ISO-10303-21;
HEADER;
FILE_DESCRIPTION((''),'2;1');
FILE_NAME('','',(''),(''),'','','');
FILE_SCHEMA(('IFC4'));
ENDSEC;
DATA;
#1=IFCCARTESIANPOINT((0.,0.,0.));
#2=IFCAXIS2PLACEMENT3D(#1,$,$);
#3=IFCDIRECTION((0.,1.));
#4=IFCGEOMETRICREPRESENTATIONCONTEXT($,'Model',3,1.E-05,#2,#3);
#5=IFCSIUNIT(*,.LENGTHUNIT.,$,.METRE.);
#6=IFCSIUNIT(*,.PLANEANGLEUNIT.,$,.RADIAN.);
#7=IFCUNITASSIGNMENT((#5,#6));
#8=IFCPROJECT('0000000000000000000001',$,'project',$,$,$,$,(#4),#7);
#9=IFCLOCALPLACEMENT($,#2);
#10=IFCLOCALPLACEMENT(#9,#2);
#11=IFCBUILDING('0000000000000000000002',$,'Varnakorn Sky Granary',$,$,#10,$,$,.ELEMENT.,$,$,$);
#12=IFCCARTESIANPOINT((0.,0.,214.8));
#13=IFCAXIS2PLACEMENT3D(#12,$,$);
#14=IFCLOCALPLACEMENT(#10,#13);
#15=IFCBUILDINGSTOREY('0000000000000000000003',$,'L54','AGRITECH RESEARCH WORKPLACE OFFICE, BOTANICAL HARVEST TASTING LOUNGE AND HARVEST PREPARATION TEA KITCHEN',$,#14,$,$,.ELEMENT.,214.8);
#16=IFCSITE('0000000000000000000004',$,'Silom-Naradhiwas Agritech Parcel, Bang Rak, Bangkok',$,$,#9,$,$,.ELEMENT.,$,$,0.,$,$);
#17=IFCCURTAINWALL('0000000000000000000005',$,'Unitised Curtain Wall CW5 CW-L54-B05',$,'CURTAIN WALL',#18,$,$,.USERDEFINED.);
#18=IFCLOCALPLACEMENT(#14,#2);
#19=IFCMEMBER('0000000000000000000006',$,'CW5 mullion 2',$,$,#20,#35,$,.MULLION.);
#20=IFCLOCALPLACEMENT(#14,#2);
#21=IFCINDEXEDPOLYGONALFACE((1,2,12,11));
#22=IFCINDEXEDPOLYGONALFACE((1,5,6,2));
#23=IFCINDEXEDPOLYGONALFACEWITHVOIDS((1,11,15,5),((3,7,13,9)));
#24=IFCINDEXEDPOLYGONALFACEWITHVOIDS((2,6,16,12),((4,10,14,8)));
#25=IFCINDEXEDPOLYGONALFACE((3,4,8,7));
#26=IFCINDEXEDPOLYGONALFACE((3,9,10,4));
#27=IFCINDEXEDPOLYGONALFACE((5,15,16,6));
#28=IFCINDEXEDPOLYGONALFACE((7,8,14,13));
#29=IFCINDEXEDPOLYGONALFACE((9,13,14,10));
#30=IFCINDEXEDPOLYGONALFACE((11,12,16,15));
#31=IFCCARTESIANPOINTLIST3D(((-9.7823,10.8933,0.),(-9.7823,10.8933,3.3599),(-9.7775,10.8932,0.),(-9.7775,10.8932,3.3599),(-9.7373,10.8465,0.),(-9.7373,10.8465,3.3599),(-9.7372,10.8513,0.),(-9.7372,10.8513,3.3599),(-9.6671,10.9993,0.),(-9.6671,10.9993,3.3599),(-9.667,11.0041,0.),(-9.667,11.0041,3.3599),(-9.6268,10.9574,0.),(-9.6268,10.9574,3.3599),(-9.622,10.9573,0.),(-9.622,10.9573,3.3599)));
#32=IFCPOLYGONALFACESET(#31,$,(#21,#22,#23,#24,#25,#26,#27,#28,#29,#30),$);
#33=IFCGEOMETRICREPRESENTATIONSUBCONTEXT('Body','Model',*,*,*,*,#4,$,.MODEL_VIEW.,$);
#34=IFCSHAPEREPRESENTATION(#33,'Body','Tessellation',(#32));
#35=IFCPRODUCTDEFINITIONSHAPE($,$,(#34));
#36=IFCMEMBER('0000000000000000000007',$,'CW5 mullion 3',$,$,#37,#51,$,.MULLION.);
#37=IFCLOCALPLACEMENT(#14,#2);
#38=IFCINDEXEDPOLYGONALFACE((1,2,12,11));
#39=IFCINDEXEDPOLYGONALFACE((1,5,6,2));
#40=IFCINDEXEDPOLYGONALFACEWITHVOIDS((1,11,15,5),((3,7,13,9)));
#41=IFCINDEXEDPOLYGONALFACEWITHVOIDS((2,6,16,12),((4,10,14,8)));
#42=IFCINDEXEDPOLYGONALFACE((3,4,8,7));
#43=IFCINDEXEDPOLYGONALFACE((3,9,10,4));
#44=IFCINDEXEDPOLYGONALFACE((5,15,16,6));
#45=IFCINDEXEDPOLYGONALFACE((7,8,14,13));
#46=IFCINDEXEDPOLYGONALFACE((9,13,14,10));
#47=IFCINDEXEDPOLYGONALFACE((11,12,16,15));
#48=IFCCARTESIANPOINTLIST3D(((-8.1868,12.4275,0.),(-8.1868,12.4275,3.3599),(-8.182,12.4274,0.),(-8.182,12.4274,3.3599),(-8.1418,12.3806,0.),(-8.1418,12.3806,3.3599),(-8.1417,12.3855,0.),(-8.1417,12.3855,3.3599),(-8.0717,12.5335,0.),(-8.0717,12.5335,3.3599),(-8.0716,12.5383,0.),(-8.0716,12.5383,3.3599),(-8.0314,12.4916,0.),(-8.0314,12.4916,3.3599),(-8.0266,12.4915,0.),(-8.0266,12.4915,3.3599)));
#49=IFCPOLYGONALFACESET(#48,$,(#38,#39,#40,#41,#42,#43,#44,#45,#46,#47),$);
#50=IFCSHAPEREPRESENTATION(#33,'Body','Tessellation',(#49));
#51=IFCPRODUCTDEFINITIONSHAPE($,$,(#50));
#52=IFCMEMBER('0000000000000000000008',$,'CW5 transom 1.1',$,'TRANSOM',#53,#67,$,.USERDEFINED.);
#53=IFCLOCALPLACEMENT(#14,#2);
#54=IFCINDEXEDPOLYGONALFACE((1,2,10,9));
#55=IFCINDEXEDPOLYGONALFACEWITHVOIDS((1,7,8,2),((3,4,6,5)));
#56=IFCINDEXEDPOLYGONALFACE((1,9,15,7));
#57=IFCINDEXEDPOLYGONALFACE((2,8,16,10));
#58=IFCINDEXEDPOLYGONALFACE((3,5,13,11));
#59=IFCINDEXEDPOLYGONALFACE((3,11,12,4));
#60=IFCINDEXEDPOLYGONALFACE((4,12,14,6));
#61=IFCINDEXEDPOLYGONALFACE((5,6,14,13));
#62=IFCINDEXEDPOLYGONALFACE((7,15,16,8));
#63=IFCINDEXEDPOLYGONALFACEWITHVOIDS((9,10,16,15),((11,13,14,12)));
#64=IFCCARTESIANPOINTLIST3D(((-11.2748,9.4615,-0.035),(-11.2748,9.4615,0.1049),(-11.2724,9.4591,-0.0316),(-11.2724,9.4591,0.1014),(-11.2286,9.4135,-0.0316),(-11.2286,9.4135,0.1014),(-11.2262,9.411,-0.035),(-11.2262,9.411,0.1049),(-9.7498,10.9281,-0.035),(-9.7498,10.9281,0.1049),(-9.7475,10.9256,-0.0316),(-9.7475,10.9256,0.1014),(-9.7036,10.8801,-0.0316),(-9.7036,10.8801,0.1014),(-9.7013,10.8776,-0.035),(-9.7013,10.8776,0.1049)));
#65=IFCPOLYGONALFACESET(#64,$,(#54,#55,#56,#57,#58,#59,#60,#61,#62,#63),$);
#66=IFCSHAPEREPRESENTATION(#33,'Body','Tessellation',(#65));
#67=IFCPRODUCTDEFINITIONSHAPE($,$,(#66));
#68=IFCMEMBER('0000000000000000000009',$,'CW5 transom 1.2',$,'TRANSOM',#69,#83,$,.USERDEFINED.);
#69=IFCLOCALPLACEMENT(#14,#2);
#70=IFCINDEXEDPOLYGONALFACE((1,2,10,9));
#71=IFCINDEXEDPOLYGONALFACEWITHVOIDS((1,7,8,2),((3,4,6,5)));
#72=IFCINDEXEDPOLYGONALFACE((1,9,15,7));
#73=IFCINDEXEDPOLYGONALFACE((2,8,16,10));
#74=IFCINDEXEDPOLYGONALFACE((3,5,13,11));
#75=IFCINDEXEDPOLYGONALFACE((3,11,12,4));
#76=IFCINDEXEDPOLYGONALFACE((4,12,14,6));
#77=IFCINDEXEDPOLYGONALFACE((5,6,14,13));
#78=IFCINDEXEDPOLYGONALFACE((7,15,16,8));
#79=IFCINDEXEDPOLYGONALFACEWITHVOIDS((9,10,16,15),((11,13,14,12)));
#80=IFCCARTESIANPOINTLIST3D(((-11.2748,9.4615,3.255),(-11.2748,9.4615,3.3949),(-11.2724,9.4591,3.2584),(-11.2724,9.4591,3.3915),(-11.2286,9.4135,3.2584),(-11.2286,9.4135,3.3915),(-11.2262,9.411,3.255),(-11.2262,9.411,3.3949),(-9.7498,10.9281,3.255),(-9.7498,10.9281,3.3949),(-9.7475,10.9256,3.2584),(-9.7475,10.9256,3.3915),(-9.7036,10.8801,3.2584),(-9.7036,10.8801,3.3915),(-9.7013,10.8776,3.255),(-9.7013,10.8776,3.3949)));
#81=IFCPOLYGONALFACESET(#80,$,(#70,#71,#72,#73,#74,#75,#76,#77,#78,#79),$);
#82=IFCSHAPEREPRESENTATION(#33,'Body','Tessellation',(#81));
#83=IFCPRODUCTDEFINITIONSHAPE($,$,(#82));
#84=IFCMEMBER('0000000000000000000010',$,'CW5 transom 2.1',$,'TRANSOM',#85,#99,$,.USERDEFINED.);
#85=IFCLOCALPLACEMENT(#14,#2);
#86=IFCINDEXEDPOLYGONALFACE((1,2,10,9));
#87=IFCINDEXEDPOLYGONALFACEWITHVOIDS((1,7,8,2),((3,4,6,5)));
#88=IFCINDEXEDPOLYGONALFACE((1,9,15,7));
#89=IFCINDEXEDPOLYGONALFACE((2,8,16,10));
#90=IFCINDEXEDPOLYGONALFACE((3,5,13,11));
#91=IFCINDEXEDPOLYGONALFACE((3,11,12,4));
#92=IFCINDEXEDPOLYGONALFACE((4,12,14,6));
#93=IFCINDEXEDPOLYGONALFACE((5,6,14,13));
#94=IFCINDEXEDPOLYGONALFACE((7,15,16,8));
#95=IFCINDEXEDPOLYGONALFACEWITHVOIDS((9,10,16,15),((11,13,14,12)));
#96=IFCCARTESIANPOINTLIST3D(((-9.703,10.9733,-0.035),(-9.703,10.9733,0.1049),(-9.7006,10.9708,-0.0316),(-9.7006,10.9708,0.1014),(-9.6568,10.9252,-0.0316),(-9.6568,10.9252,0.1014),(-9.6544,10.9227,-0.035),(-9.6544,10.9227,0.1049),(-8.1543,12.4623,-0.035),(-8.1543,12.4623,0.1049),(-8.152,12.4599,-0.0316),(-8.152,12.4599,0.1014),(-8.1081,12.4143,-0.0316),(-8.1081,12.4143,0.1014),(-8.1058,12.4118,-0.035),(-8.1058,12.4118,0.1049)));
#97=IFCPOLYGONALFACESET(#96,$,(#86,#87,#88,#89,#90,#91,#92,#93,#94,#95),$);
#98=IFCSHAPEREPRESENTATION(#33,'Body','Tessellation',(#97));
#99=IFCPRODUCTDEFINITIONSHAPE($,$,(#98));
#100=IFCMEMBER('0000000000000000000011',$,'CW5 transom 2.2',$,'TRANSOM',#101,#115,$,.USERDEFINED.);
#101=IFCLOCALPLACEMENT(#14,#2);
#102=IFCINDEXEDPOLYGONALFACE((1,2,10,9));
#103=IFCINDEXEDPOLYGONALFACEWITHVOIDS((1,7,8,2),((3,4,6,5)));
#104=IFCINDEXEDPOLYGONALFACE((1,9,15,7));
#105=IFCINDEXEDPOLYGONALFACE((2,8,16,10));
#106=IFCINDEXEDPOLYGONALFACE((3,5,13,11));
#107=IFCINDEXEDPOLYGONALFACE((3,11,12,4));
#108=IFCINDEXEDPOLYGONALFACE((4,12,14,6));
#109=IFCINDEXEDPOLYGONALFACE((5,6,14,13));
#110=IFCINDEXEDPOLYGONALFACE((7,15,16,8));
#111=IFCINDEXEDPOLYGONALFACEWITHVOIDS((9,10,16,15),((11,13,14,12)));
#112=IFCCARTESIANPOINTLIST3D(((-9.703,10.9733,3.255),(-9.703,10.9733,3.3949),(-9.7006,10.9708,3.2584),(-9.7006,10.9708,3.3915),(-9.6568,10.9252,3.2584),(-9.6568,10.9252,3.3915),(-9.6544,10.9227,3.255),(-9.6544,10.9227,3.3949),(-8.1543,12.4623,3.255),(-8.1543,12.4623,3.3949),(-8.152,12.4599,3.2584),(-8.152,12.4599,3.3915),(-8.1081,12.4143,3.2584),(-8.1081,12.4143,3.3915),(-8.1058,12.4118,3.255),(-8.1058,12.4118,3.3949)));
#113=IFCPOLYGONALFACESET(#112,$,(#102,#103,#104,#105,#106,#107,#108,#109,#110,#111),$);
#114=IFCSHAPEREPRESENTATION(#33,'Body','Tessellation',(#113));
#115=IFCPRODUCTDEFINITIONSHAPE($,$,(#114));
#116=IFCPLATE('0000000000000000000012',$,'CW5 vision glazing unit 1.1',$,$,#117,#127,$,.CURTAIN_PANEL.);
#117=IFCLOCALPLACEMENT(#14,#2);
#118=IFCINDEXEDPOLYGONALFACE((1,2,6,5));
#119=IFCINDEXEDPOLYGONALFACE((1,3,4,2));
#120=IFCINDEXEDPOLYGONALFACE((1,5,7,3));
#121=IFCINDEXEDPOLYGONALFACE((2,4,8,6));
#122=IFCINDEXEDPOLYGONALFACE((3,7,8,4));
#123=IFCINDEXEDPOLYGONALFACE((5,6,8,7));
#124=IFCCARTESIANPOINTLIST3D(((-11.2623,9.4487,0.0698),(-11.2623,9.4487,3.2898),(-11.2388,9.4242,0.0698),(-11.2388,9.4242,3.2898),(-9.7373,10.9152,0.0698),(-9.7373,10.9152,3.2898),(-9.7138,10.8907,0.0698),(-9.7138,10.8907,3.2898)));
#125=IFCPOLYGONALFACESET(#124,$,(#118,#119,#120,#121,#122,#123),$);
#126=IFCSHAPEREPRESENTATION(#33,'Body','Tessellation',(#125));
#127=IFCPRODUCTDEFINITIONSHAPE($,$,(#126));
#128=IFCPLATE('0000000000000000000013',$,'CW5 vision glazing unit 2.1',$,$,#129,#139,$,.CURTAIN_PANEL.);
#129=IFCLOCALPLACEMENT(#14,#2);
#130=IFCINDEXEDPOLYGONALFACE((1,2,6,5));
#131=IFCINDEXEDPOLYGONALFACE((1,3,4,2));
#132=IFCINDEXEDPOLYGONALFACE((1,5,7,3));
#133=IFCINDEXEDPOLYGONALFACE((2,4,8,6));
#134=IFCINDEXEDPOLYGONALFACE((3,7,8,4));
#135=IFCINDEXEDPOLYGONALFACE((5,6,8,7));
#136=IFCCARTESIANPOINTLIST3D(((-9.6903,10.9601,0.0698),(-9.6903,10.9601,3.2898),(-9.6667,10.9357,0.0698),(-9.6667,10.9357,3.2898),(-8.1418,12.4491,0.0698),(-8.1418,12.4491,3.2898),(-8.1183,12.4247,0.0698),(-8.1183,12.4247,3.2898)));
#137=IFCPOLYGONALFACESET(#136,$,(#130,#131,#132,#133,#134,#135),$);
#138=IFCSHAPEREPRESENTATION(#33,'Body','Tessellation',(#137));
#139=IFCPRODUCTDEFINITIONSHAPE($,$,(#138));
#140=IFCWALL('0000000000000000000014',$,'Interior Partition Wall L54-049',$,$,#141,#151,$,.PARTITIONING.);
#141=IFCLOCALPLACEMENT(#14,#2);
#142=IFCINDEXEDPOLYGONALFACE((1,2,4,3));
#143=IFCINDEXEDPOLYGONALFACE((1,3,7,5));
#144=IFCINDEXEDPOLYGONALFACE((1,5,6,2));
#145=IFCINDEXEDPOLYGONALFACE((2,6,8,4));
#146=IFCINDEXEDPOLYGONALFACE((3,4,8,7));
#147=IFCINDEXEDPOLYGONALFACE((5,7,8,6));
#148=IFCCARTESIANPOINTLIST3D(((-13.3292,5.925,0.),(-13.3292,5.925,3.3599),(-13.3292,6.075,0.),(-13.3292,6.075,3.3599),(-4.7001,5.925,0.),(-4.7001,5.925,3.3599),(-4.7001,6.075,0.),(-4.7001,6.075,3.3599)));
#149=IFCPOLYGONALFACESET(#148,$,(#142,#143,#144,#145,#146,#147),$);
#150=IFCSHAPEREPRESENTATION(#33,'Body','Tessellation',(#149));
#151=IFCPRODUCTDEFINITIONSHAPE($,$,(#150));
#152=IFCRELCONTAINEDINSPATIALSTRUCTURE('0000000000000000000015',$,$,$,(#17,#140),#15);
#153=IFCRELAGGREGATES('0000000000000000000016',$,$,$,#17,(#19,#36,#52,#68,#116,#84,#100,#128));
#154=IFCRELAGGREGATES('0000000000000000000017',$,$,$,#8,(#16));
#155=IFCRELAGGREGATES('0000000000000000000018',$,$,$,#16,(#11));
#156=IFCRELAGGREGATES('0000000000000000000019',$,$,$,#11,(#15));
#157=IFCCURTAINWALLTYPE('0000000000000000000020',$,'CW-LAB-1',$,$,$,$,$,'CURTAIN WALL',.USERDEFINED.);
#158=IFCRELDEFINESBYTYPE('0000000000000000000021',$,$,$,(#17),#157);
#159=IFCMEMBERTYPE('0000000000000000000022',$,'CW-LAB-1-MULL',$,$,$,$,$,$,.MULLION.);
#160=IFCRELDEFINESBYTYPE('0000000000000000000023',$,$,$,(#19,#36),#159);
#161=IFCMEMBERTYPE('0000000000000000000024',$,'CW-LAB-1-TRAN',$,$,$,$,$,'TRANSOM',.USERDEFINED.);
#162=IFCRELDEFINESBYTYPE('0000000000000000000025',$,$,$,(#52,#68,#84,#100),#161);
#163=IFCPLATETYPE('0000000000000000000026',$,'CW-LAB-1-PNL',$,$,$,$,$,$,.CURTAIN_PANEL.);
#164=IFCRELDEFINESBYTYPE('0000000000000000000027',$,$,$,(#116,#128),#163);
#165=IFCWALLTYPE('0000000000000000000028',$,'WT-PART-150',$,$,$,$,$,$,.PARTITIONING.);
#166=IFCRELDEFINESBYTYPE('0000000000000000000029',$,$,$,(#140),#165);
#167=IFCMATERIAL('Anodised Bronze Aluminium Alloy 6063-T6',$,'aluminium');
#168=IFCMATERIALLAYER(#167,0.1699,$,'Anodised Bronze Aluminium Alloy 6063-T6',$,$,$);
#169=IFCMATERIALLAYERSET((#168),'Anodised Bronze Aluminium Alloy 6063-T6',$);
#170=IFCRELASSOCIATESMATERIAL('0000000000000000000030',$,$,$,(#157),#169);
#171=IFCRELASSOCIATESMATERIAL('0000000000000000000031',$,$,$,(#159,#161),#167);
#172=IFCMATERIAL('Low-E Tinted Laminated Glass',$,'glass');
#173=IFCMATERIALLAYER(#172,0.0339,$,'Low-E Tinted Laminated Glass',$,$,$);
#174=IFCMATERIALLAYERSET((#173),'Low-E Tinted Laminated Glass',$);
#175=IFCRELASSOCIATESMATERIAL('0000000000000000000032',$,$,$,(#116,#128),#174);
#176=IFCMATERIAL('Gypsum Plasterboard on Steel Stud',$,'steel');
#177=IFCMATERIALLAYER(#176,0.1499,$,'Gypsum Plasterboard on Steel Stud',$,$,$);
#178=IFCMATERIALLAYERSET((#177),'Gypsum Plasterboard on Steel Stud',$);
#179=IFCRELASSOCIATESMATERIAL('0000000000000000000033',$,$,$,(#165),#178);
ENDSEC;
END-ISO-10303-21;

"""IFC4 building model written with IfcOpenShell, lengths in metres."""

from ifc_helpers import new_model, si_unit, direction, frame, frame_2d, origin, origin_2d, place, context, subcontext, project, spatial, rectangle, hollow_rectangle, extrude, source, transform, mapped, material, layer, layer_set, material_profile, profile_set, type_object, type_shapes, element, aggregate, save


model = new_model("IFC4")

# Units and contexts
model_context = context("Model", 3, precision=1e-05, world=origin(), true_north=direction((0.0, 1.0)))
body_context = subcontext(model_context, "Body", "Model", "MODEL_VIEW")
ifc_project = project(units=[si_unit("LENGTHUNIT", "METRE"), si_unit("PLANEANGLEUNIT", "RADIAN")], contexts=[model_context])

# Site, building, storey
site_placement = place(None, origin())
site = spatial("IfcSite", under=ifc_project, at=site_placement, Name="Silom-Naradhiwas Agritech Parcel, Bang Rak, Bangkok", CompositionType="ELEMENT", RefElevation=0.0)
building_placement = place(site_placement, origin())
building = spatial("IfcBuilding", under=site, at=building_placement, Name="Varnakorn Sky Granary", CompositionType="ELEMENT")
storey_placement = place(building_placement, frame((0.0, 0.0, 214.8)))
storey = spatial("IfcBuildingStorey", under=building, at=storey_placement, Name="L54", Description="AGRITECH RESEARCH WORKPLACE OFFICE, BOTANICAL HARVEST TASTING LOUNGE AND HARVEST PREPARATION TEA KITCHEN", CompositionType="ELEMENT", Elevation=214.8)

# Curtain wall, members, plates
ifc_material_1 = material(Name="Anodised Bronze Aluminium Alloy 6063-T6", Category="aluminium")
ifc_layer_1 = layer(ifc_material_1, 0.1699, Name="Anodised Bronze Aluminium Alloy 6063-T6")
ifc_layer_set_1 = layer_set([ifc_layer_1], Name="Anodised Bronze Aluminium Alloy 6063-T6")
curtain_wall_type = type_object("IfcCurtainWallType", Name="CW-LAB-1", ElementType="CURTAIN WALL", PredefinedType="USERDEFINED", material=ifc_layer_set_1)
curtain_wall_placement = place(storey_placement, origin())
curtain_wall = element("IfcCurtainWall", 1, at=curtain_wall_placement, inside=storey, type_object=curtain_wall_type, Name="Unitised Curtain Wall CW5 CW-L54-B05", ObjectType="CURTAIN WALL", PredefinedType="USERDEFINED")
ifc_material_profile_1 = material_profile(ifc_material_1, hollow_rectangle(XDim=0.0649, YDim=0.1599, WallThickness=0.0034, at=origin_2d()), Name="ALU MULL 65x160")
ifc_profile_set_1 = profile_set([ifc_material_profile_1], Name="Anodised Bronze Aluminium Alloy 6063-T6")
member_type_1 = type_object("IfcMemberType", Name="CW-LAB-1-MULL", PredefinedType="MULLION", material=ifc_profile_set_1)
member_1_placement = place(storey_placement, frame((-9.7021, 10.9253, 0.0), z_axis=(0.0, 0.0, 1.0), x_axis=(-0.69314, 0.720803, 0.0)))
member_1 = element("IfcMember", 2, at=member_1_placement, type_object=member_type_1, Name="CW5 mullion 2", PredefinedType="MULLION", context=body_context, shape_type="SweptSolid", body=[
    extrude(hollow_rectangle(XDim=0.0649, YDim=0.1599, WallThickness=0.0034, at=origin_2d()), origin(), (0.0, 0.0, 1.0), 3.3599),
])
member_2_placement = place(storey_placement, frame((-8.1067, 12.4595, 0.0), z_axis=(0.0, 0.0, 1.0), x_axis=(-0.69314, 0.720803, 0.0)))
member_2 = element("IfcMember", 3, at=member_2_placement, type_object=member_type_1, Name="CW5 mullion 3", PredefinedType="MULLION", context=body_context, shape_type="SweptSolid", body=[
    extrude(hollow_rectangle(XDim=0.0649, YDim=0.1599, WallThickness=0.0034, at=origin_2d()), origin(), (0.0, 0.0, 1.0), 3.3599),
])
ifc_material_profile_2 = material_profile(ifc_material_1, hollow_rectangle(XDim=0.0701, YDim=0.1399, WallThickness=0.0034, at=origin_2d()), Name="ALU TRAN 70x140")
ifc_profile_set_2 = profile_set([ifc_material_profile_2], Name="Anodised Bronze Aluminium Alloy 6063-T6")
member_type_2 = type_object("IfcMemberType", Name="CW-LAB-1-TRAN", ElementType="TRANSOM", PredefinedType="USERDEFINED", material=ifc_profile_set_2)
member_3_placement = place(storey_placement, frame((-11.2505, 9.4363, 0.0349), z_axis=(0.720762, 0.693183, 0.0), x_axis=(-0.693183, 0.720762, 0.0)))
member_3 = element("IfcMember", 4, at=member_3_placement, type_object=member_type_2, Name="CW5 transom 1.1", ObjectType="TRANSOM", PredefinedType="USERDEFINED", context=body_context, shape_type="SweptSolid", body=[
    extrude(hollow_rectangle(XDim=0.0701, YDim=0.1399, WallThickness=0.0034, at=origin_2d()), origin(), (0.0, 0.0, 1.0), 2.1157),
])
member_4_placement = place(storey_placement, frame((-11.2505, 9.4363, 3.325), z_axis=(0.720762, 0.693183, 0.0), x_axis=(-0.693183, 0.720762, 0.0)))
member_4 = element("IfcMember", 5, at=member_4_placement, type_object=member_type_2, Name="CW5 transom 1.2", ObjectType="TRANSOM", PredefinedType="USERDEFINED", context=body_context, shape_type="SweptSolid", body=[
    extrude(hollow_rectangle(XDim=0.0701, YDim=0.1399, WallThickness=0.0034, at=origin_2d()), origin(), (0.0, 0.0, 1.0), 2.1157),
])
member_5_placement = place(storey_placement, frame((-9.6787, 10.948, 0.0349), z_axis=(0.720835, 0.693106, 0.0), x_axis=(-0.693106, 0.720835, 0.0)))
member_5 = element("IfcMember", 6, at=member_5_placement, type_object=member_type_2, Name="CW5 transom 2.1", ObjectType="TRANSOM", PredefinedType="USERDEFINED", context=body_context, shape_type="SweptSolid", body=[
    extrude(hollow_rectangle(XDim=0.0701, YDim=0.1399, WallThickness=0.0034, at=origin_2d()), origin(), (0.0, 0.0, 1.0), 2.1484),
])
member_6_placement = place(storey_placement, frame((-9.6787, 10.948, 3.325), z_axis=(0.720835, 0.693106, 0.0), x_axis=(-0.693106, 0.720835, 0.0)))
member_6 = element("IfcMember", 7, at=member_6_placement, type_object=member_type_2, Name="CW5 transom 2.2", ObjectType="TRANSOM", PredefinedType="USERDEFINED", context=body_context, shape_type="SweptSolid", body=[
    extrude(hollow_rectangle(XDim=0.0701, YDim=0.1399, WallThickness=0.0034, at=origin_2d()), origin(), (0.0, 0.0, 1.0), 2.1484),
])
ifc_material_2 = material(Name="Low-E Tinted Laminated Glass", Category="glass")
ifc_layer_2 = layer(ifc_material_2, 0.0339, Name="Low-E Tinted Laminated Glass")
ifc_layer_set_2 = layer_set([ifc_layer_2], Name="Low-E Tinted Laminated Glass")
plate_type = type_object("IfcPlateType", Name="CW-LAB-1-PNL", PredefinedType="CURTAIN_PANEL")
shared_shape_1 = source(origin(), body_context, "Body", "SweptSolid", [
    extrude(rectangle(XDim=2.1157, YDim=0.0339, at=origin_2d()), origin(), (0.0, 0.0, 1.0), 3.22),
])
plate_1_placement = place(storey_placement, frame((-10.488, 10.1697, 0.0698), z_axis=(0.0, 0.0, 1.0), x_axis=(0.720803, 0.69314, 0.0)))
plate_1 = element("IfcPlate", 8, at=plate_1_placement, type_object=plate_type, material=ifc_layer_set_2, Name="CW5 vision glazing unit 1.1", PredefinedType="CURTAIN_PANEL", context=body_context, shape_type="MappedRepresentation", body=[
    mapped(shared_shape_1, transform((0.0, 0.0, 0.0), x_axis=(1.0, 0.0, 0.0), y_axis=(0.0, 1.0, 0.0), z_axis=(0.0, 0.0, 1.0), scale=1.0)),
])
shared_shape_2 = source(origin(), body_context, "Body", "SweptSolid", [
    extrude(rectangle(XDim=2.1482, YDim=0.0339, at=origin_2d()), origin(), (0.0, 0.0, 1.0), 3.22),
])
type_shapes(plate_type, [shared_shape_1, shared_shape_2])
plate_2_placement = place(storey_placement, frame((-8.9043, 11.6924, 0.0698), z_axis=(0.0, 0.0, 1.0), x_axis=(0.720803, 0.69314, 0.0)))
plate_2 = element("IfcPlate", 9, at=plate_2_placement, type_object=plate_type, material=ifc_layer_set_2, Name="CW5 vision glazing unit 2.1", PredefinedType="CURTAIN_PANEL", context=body_context, shape_type="MappedRepresentation", body=[
    mapped(shared_shape_2, transform((0.0, 0.0, 0.0), x_axis=(1.0, 0.0, 0.0), y_axis=(0.0, 1.0, 0.0), z_axis=(0.0, 0.0, 1.0), scale=1.0)),
])
aggregate(curtain_wall, [member_1, member_2, member_3, member_4, plate_1, member_5, member_6, plate_2])

# Wall
ifc_material_3 = material(Name="Gypsum Plasterboard on Steel Stud", Category="steel")
ifc_layer_3 = layer(ifc_material_3, 0.1499, Name="Gypsum Plasterboard on Steel Stud")
ifc_layer_set_3 = layer_set([ifc_layer_3], Name="Gypsum Plasterboard on Steel Stud")
wall_type_1 = type_object("IfcWallType", Name="WT-PART-150", PredefinedType="PARTITIONING", material=ifc_layer_set_3)
wall_1_placement = place(storey_placement, frame((-13.3291, 6.0, 0.0), z_axis=(0.0, 0.0, 1.0), x_axis=(1.0, 0.0, 0.0)))
element("IfcWall", 10, at=wall_1_placement, inside=storey, type_object=wall_type_1, Name="Interior Partition Wall L54-049", PredefinedType="PARTITIONING", context=body_context, shape_type="SweptSolid", body=[
    extrude(rectangle(XDim=8.6292, YDim=0.1499, at=frame_2d((4.3145, 0.0))), origin(), (0.0, 0.0, 1.0), 3.3599),
])

save(model, "model.ifc")
